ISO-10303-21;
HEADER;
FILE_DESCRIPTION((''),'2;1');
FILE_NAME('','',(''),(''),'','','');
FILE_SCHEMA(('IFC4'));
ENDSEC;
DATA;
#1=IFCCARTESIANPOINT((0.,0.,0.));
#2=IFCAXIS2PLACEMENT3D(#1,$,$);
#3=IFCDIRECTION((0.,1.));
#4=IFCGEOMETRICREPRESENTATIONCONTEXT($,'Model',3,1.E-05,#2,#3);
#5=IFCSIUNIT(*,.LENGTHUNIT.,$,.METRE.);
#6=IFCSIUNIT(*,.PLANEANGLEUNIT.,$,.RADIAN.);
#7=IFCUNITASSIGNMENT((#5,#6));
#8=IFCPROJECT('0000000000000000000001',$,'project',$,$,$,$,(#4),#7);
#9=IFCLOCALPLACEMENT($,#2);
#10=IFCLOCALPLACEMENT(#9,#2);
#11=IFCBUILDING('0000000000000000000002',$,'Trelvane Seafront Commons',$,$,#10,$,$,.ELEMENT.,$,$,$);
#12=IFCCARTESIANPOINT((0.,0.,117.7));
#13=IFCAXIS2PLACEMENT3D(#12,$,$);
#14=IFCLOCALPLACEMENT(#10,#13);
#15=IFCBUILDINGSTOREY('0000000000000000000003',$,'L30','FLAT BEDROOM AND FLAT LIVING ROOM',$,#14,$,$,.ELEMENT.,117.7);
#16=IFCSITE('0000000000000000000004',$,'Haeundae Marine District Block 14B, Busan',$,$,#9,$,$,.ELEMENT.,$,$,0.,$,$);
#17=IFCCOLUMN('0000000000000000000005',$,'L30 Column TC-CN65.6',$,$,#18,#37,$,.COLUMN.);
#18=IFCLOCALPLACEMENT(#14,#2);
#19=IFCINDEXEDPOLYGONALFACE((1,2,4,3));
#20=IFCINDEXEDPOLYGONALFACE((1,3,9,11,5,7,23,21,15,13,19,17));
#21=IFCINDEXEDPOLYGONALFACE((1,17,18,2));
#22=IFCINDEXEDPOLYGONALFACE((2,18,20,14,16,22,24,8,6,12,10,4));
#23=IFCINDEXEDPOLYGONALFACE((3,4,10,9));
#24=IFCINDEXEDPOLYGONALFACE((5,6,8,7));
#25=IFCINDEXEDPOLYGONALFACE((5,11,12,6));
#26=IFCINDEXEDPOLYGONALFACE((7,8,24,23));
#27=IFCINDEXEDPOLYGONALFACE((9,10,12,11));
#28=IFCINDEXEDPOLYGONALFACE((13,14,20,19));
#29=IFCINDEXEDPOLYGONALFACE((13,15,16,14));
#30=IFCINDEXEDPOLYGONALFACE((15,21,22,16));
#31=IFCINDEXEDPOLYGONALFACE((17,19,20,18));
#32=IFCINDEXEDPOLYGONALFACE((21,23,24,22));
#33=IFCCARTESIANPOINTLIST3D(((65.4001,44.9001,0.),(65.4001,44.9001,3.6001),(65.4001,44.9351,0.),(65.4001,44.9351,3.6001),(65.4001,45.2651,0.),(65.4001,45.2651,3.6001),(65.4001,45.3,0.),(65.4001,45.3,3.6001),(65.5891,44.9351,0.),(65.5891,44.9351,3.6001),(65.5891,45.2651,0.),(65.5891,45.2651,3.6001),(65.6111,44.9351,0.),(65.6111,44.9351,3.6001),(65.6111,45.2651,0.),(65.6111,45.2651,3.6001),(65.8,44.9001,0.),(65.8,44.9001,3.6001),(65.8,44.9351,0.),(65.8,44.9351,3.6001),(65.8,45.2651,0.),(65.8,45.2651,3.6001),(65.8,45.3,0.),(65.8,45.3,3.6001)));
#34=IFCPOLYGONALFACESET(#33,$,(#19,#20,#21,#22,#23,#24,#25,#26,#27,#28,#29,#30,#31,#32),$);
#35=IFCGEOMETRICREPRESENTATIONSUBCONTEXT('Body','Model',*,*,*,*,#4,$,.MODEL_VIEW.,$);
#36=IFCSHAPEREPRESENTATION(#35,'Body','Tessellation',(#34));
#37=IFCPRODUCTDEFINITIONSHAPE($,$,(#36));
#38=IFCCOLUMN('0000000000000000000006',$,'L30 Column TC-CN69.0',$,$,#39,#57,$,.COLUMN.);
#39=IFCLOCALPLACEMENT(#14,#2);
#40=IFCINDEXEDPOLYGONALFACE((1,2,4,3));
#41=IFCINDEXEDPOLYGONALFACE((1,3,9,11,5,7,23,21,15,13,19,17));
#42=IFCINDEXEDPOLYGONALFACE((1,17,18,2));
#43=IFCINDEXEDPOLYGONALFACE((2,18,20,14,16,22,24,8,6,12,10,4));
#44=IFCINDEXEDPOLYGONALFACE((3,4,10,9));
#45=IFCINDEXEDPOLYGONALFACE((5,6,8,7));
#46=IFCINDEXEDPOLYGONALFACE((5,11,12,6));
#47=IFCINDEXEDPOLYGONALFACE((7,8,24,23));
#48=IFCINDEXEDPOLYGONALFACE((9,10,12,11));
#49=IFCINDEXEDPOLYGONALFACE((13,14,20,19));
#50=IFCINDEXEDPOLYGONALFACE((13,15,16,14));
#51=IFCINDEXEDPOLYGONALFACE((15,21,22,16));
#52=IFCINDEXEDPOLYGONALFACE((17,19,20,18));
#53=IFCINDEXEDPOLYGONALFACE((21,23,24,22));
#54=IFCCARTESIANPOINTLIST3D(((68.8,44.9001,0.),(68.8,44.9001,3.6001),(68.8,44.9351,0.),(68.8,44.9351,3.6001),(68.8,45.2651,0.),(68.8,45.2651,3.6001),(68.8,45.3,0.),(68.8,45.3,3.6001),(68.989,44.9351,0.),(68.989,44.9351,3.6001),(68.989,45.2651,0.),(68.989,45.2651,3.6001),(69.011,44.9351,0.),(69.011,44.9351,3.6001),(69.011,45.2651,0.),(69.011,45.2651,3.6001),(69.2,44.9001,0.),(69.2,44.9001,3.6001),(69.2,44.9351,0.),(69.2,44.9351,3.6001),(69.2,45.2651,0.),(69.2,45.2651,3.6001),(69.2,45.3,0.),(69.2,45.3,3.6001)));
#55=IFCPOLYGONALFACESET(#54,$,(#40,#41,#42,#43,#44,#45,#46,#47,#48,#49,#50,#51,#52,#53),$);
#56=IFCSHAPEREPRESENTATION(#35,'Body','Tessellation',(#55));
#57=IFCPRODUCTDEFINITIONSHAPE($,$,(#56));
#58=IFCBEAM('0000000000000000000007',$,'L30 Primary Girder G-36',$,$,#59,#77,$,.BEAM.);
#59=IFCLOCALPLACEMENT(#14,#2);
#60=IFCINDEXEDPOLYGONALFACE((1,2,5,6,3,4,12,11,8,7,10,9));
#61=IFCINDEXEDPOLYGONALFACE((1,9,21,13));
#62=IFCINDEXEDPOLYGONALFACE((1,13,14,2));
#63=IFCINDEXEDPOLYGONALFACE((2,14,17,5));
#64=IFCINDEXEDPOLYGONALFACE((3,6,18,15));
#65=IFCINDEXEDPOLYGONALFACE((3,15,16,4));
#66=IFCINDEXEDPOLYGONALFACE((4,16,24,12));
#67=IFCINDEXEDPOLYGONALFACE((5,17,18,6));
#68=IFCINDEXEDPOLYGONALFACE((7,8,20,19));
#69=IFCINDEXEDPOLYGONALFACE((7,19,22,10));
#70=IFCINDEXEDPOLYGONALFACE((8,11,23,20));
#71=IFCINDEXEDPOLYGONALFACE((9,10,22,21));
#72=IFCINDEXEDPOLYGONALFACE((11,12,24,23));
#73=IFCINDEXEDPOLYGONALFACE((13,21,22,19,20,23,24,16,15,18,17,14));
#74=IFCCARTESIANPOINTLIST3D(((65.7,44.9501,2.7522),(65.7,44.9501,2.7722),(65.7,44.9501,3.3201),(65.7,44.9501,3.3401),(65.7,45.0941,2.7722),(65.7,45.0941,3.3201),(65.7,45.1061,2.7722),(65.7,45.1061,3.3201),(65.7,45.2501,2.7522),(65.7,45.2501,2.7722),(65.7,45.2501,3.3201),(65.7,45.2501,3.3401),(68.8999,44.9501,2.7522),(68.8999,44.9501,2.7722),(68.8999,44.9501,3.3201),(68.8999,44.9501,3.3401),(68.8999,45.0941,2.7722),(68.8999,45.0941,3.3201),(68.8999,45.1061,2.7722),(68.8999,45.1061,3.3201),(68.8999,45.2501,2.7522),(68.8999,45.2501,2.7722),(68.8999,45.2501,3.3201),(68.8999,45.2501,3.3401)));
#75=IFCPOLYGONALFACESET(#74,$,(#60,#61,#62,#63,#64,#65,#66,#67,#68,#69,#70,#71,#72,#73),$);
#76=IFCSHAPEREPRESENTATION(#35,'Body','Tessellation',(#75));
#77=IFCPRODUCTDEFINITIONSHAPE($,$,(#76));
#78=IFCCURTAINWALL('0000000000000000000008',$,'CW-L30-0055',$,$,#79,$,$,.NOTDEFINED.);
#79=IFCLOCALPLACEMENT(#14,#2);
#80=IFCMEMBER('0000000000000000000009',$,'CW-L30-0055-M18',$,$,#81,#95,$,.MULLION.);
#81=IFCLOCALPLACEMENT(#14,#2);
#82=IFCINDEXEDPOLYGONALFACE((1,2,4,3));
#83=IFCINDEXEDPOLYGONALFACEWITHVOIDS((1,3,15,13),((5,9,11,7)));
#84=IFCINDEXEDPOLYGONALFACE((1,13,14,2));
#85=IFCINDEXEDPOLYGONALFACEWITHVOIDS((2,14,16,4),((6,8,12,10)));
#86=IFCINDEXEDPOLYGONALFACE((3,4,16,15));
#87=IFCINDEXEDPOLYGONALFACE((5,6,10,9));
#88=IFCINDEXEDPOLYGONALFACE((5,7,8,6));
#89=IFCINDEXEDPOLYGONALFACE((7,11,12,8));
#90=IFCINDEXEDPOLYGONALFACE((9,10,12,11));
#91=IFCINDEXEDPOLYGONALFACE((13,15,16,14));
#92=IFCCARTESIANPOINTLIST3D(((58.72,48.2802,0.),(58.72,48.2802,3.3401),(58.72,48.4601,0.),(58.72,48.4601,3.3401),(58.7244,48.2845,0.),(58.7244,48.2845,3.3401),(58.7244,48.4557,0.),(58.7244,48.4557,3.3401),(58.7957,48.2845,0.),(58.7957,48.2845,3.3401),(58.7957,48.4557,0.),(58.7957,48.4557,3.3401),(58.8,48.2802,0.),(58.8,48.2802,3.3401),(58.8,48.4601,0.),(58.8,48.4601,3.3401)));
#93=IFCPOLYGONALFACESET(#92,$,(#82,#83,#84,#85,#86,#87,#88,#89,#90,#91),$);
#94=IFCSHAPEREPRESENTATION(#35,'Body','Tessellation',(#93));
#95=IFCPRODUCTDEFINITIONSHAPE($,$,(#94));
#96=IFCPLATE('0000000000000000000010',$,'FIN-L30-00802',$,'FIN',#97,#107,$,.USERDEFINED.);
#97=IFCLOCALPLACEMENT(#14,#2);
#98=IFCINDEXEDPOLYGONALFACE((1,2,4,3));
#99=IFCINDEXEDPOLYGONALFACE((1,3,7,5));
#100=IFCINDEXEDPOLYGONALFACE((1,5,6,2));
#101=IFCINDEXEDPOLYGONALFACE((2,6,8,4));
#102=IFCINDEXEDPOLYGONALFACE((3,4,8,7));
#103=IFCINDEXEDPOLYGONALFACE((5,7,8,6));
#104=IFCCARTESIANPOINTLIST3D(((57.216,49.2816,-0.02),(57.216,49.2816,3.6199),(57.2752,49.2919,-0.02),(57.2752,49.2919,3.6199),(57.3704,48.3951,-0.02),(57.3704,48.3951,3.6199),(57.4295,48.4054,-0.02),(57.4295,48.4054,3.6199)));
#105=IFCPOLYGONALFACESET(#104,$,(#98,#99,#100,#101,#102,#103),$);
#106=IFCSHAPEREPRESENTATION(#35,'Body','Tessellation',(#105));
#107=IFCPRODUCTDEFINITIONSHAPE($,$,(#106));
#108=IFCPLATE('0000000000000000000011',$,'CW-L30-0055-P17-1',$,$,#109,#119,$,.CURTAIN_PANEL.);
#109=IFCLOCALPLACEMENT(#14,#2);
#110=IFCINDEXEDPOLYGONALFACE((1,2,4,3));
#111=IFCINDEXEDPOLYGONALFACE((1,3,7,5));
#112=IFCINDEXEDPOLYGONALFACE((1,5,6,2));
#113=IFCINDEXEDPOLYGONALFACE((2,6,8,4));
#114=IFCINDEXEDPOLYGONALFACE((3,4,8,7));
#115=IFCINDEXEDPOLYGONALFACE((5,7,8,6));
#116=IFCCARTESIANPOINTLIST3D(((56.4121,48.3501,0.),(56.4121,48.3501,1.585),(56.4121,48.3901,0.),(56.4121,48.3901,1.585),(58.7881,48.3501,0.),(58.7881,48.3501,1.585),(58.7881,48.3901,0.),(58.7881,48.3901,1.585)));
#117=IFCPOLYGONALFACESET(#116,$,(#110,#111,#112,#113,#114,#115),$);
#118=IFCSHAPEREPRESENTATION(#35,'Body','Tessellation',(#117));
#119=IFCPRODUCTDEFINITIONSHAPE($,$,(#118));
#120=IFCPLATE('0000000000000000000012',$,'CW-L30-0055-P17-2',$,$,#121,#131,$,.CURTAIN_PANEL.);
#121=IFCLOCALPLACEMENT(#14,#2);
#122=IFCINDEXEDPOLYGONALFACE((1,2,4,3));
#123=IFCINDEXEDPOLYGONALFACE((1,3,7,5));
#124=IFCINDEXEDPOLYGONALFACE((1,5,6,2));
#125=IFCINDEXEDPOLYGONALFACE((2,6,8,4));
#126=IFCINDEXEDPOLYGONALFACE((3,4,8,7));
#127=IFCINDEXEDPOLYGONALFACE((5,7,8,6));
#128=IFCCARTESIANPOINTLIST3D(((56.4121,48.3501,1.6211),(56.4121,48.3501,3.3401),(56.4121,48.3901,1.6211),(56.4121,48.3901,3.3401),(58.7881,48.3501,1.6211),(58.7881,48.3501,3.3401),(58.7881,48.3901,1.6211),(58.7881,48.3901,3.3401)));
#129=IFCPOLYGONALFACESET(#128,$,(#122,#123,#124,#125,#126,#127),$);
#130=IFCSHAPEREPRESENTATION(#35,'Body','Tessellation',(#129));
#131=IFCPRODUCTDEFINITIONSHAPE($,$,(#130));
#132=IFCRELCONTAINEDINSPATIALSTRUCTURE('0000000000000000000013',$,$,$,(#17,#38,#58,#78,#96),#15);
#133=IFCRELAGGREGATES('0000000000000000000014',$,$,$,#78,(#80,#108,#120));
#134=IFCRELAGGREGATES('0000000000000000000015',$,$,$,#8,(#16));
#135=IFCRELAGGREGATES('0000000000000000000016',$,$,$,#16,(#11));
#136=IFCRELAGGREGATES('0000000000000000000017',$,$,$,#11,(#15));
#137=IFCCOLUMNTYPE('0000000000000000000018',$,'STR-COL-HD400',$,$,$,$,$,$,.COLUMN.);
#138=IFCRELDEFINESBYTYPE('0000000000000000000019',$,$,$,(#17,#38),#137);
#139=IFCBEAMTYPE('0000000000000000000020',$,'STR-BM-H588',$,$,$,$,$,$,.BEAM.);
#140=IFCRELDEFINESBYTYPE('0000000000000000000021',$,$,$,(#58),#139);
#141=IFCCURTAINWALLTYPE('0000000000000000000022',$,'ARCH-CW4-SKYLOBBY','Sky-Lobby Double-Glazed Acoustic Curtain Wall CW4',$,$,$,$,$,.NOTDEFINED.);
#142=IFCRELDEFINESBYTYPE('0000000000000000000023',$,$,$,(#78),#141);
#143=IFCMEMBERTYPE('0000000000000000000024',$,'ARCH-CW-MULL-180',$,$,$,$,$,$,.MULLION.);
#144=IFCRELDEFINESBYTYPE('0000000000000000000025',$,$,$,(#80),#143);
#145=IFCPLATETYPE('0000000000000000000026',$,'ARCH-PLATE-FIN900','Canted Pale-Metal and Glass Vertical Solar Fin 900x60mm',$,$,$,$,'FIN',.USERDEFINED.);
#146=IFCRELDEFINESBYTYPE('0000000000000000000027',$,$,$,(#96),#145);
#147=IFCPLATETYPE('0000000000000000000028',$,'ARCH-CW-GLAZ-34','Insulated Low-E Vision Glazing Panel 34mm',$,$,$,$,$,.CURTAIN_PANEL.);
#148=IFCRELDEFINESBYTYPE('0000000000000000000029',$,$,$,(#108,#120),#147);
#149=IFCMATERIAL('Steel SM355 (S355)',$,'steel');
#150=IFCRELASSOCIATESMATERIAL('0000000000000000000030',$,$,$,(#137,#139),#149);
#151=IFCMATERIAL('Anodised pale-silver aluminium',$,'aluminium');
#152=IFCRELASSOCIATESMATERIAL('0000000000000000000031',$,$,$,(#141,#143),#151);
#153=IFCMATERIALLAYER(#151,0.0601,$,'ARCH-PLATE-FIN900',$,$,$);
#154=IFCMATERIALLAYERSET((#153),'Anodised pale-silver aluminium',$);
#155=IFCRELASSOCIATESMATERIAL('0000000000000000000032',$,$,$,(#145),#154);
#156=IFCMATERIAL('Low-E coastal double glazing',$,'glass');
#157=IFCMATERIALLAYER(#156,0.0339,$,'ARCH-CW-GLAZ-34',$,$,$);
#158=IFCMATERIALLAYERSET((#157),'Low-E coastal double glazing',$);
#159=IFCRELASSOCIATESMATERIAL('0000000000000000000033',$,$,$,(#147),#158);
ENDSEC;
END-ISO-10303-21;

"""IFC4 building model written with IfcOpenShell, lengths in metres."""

from ifc_helpers import new_model, si_unit, direction, frame, origin, origin_2d, place, context, subcontext, project, spatial, rectangle, hollow_rectangle, i_section, extrude, source, transform, mapped, material, layer, layer_set, material_profile, profile_set, type_object, element, aggregate, save


model = new_model("IFC4")

# Units and contexts
model_context = context("Model", 3, precision=1e-05, world=origin(), true_north=direction((0.0, 1.0)))
body_context = subcontext(model_context, "Body", "Model", "MODEL_VIEW")
ifc_project = project(units=[si_unit("LENGTHUNIT", "METRE"), si_unit("PLANEANGLEUNIT", "RADIAN")], contexts=[model_context])

# Site, building, storey
site_placement = place(None, origin())
site = spatial("IfcSite", under=ifc_project, at=site_placement, Name="Haeundae Marine District Block 14B, Busan", CompositionType="ELEMENT", RefElevation=0.0)
building_placement = place(site_placement, origin())
building = spatial("IfcBuilding", under=site, at=building_placement, Name="Trelvane Seafront Commons", CompositionType="ELEMENT")
storey_placement = place(building_placement, frame((0.0, 0.0, 117.7)))
storey = spatial("IfcBuildingStorey", under=building, at=storey_placement, Name="L30", Description="FLAT BEDROOM AND FLAT LIVING ROOM", CompositionType="ELEMENT", Elevation=117.7)

# Columns
ifc_material_1 = material(Name="Steel SM355 (S355)", Category="steel")
ifc_material_profile_1 = material_profile(ifc_material_1, i_section(OverallWidth=0.3999, OverallDepth=0.3999, WebThickness=0.022, FlangeThickness=0.0349, at=origin_2d()), Name="HD-400x400x22x35")
ifc_profile_set_1 = profile_set([ifc_material_profile_1], Name="Steel SM355 (S355)")
column_type = type_object("IfcColumnType", Name="STR-COL-HD400", PredefinedType="COLUMN", material=ifc_profile_set_1)
shared_shape_1 = source(origin(), body_context, "Body", "SweptSolid", [
    extrude(i_section(OverallWidth=0.3999, OverallDepth=0.3999, WebThickness=0.022, FlangeThickness=0.0349, at=origin_2d()), origin(), (0.0, 0.0, 1.0), 3.6001),
])
for number, where, z_axis, x_axis, name in (
    (1, (65.6001, 45.1001, 0.0), (0.0, 0.0, 1.0), (1.0, 0.0, 0.0), "L30 Column TC-CN65.6"),
    (2, (69.0, 45.1001, 0.0), (0.0, 0.0, 1.0), (1.0, 0.0, 0.0), "L30 Column TC-CN69.0"),
):
    element("IfcColumn", number, at=place(storey_placement, frame(where, z_axis=z_axis, x_axis=x_axis)), inside=storey, type_object=column_type, Name=name, PredefinedType="COLUMN", context=body_context, shape_type="MappedRepresentation", body=[
        mapped(shared_shape_1, transform((0.0, 0.0, 0.0), x_axis=(1.0, 0.0, 0.0), y_axis=(0.0, 1.0, 0.0), z_axis=(0.0, 0.0, 1.0), scale=1.0)),
    ])

# Beam
ifc_material_profile_2 = material_profile(ifc_material_1, i_section(OverallWidth=0.3, OverallDepth=0.5879, WebThickness=0.012, FlangeThickness=0.02, at=origin_2d()), Name="H-588x300x12x20")
ifc_profile_set_2 = profile_set([ifc_material_profile_2], Name="Steel SM355 (S355)")
beam_type = type_object("IfcBeamType", Name="STR-BM-H588", PredefinedType="BEAM", material=ifc_profile_set_2)
shared_shape_2 = source(origin(), body_context, "Body", "SweptSolid", [
    extrude(i_section(OverallWidth=0.3, OverallDepth=0.5879, WebThickness=0.012, FlangeThickness=0.02, at=origin_2d()), origin(), (0.0, 0.0, 1.0), 3.2),
])
beam_placement = place(storey_placement, frame((65.7, 45.1001, 3.0461), z_axis=(1.0, 0.0, 0.0), x_axis=(0.0, 1.0, 0.0)))
element("IfcBeam", 3, at=beam_placement, inside=storey, type_object=beam_type, Name="L30 Primary Girder G-36", PredefinedType="BEAM", context=body_context, shape_type="MappedRepresentation", body=[
    mapped(shared_shape_2, transform((0.0, 0.0, 0.0), x_axis=(1.0, 0.0, 0.0), y_axis=(0.0, 1.0, 0.0), z_axis=(0.0, 0.0, 1.0), scale=1.0)),
])

# Curtain wall, member
ifc_material_2 = material(Name="Anodised pale-silver aluminium", Category="aluminium")
curtain_wall_type = type_object("IfcCurtainWallType", Name="ARCH-CW4-SKYLOBBY", Description="Sky-Lobby Double-Glazed Acoustic Curtain Wall CW4", PredefinedType="NOTDEFINED", material=ifc_material_2)
curtain_wall_placement = place(storey_placement, origin())
curtain_wall = element("IfcCurtainWall", 4, at=curtain_wall_placement, inside=storey, type_object=curtain_wall_type, Name="CW-L30-0055", PredefinedType="NOTDEFINED")
ifc_material_profile_3 = material_profile(ifc_material_2, hollow_rectangle(XDim=0.0801, YDim=0.1799, WallThickness=0.0044, at=origin_2d()), Name="MULL-80x180x4.5")
ifc_profile_set_3 = profile_set([ifc_material_profile_3], Name="Anodised pale-silver aluminium")
member_type = type_object("IfcMemberType", Name="ARCH-CW-MULL-180", PredefinedType="MULLION", material=ifc_profile_set_3)
shared_shape_3 = source(origin(), body_context, "Body", "SweptSolid", [
    extrude(hollow_rectangle(XDim=0.0801, YDim=0.1799, WallThickness=0.0044, at=origin_2d()), origin(), (0.0, 0.0, 1.0), 3.3401),
])
member_placement = place(storey_placement, frame((58.76, 48.3701, 0.0), z_axis=(0.0, 0.0, 1.0), x_axis=(1.0, 0.0, 0.0)))
member = element("IfcMember", 5, at=member_placement, type_object=member_type, Name="CW-L30-0055-M18", PredefinedType="MULLION", context=body_context, shape_type="MappedRepresentation", body=[
    mapped(shared_shape_3, transform((0.0, 0.0, 0.0), x_axis=(1.0, 0.0, 0.0), y_axis=(0.0, 1.0, 0.0), z_axis=(0.0, 0.0, 1.0), scale=1.0)),
])

# Plates
ifc_layer_1 = layer(ifc_material_2, 0.0601, Name="ARCH-PLATE-FIN900")
ifc_layer_set_1 = layer_set([ifc_layer_1], Name="Anodised pale-silver aluminium")
plate_type_1 = type_object("IfcPlateType", Name="ARCH-PLATE-FIN900", Description="Canted Pale-Metal and Glass Vertical Solar Fin 900x60mm", ElementType="FIN", PredefinedType="USERDEFINED", material=ifc_layer_set_1)
shared_shape_4 = source(origin(), body_context, "Body", "SweptSolid", [
    extrude(rectangle(XDim=0.8999, YDim=0.0601, at=origin_2d()), origin(), (0.0, 0.0, 1.0), 3.6399),
])
plate_1_placement = place(storey_placement, frame((57.3228, 48.8435, -0.02), z_axis=(0.0, 0.0, 1.0), x_axis=(-0.171547, 0.985176, 0.0)))
element("IfcPlate", 6, at=plate_1_placement, inside=storey, type_object=plate_type_1, Name="FIN-L30-00802", ObjectType="FIN", PredefinedType="USERDEFINED", context=body_context, shape_type="MappedRepresentation", body=[
    mapped(shared_shape_4, transform((0.0, 0.0, 0.0), x_axis=(1.0, 0.0, 0.0), y_axis=(0.0, 1.0, 0.0), z_axis=(0.0, 0.0, 1.0), scale=1.0)),
])
ifc_material_3 = material(Name="Low-E coastal double glazing", Category="glass")
ifc_layer_2 = layer(ifc_material_3, 0.0339, Name="ARCH-CW-GLAZ-34")
ifc_layer_set_2 = layer_set([ifc_layer_2], Name="Low-E coastal double glazing")
plate_type_2 = type_object("IfcPlateType", Name="ARCH-CW-GLAZ-34", Description="Insulated Low-E Vision Glazing Panel 34mm", PredefinedType="CURTAIN_PANEL", material=ifc_layer_set_2)
shared_shape_5 = source(origin(), body_context, "Body", "SweptSolid", [
    extrude(rectangle(XDim=2.376, YDim=0.04, at=origin_2d()), origin(), (0.0, 0.0, 1.0), 1.585),
])
plate_2_placement = place(storey_placement, frame((57.6001, 48.3701, 0.0), z_axis=(0.0, 0.0, 1.0), x_axis=(1.0, 0.0, 0.0)))
plate_2 = element("IfcPlate", 7, at=plate_2_placement, type_object=plate_type_2, Name="CW-L30-0055-P17-1", PredefinedType="CURTAIN_PANEL", context=body_context, shape_type="MappedRepresentation", body=[
    mapped(shared_shape_5, transform((0.0, 0.0, 0.0), x_axis=(1.0, 0.0, 0.0), y_axis=(0.0, 1.0, 0.0), z_axis=(0.0, 0.0, 1.0), scale=1.0)),
])
shared_shape_6 = source(origin(), body_context, "Body", "SweptSolid", [
    extrude(rectangle(XDim=2.376, YDim=0.04, at=origin_2d()), origin(), (0.0, 0.0, 1.0), 1.719),
])
plate_3_placement = place(storey_placement, frame((57.6001, 48.3701, 1.6211), z_axis=(0.0, 0.0, 1.0), x_axis=(1.0, 0.0, 0.0)))
plate_3 = element("IfcPlate", 8, at=plate_3_placement, type_object=plate_type_2, Name="CW-L30-0055-P17-2", PredefinedType="CURTAIN_PANEL", context=body_context, shape_type="MappedRepresentation", body=[
    mapped(shared_shape_6, transform((0.0, 0.0, 0.0), x_axis=(1.0, 0.0, 0.0), y_axis=(0.0, 1.0, 0.0), z_axis=(0.0, 0.0, 1.0), scale=1.0)),
])
aggregate(curtain_wall, [member, plate_2, plate_3])

save(model, "model.ifc")
